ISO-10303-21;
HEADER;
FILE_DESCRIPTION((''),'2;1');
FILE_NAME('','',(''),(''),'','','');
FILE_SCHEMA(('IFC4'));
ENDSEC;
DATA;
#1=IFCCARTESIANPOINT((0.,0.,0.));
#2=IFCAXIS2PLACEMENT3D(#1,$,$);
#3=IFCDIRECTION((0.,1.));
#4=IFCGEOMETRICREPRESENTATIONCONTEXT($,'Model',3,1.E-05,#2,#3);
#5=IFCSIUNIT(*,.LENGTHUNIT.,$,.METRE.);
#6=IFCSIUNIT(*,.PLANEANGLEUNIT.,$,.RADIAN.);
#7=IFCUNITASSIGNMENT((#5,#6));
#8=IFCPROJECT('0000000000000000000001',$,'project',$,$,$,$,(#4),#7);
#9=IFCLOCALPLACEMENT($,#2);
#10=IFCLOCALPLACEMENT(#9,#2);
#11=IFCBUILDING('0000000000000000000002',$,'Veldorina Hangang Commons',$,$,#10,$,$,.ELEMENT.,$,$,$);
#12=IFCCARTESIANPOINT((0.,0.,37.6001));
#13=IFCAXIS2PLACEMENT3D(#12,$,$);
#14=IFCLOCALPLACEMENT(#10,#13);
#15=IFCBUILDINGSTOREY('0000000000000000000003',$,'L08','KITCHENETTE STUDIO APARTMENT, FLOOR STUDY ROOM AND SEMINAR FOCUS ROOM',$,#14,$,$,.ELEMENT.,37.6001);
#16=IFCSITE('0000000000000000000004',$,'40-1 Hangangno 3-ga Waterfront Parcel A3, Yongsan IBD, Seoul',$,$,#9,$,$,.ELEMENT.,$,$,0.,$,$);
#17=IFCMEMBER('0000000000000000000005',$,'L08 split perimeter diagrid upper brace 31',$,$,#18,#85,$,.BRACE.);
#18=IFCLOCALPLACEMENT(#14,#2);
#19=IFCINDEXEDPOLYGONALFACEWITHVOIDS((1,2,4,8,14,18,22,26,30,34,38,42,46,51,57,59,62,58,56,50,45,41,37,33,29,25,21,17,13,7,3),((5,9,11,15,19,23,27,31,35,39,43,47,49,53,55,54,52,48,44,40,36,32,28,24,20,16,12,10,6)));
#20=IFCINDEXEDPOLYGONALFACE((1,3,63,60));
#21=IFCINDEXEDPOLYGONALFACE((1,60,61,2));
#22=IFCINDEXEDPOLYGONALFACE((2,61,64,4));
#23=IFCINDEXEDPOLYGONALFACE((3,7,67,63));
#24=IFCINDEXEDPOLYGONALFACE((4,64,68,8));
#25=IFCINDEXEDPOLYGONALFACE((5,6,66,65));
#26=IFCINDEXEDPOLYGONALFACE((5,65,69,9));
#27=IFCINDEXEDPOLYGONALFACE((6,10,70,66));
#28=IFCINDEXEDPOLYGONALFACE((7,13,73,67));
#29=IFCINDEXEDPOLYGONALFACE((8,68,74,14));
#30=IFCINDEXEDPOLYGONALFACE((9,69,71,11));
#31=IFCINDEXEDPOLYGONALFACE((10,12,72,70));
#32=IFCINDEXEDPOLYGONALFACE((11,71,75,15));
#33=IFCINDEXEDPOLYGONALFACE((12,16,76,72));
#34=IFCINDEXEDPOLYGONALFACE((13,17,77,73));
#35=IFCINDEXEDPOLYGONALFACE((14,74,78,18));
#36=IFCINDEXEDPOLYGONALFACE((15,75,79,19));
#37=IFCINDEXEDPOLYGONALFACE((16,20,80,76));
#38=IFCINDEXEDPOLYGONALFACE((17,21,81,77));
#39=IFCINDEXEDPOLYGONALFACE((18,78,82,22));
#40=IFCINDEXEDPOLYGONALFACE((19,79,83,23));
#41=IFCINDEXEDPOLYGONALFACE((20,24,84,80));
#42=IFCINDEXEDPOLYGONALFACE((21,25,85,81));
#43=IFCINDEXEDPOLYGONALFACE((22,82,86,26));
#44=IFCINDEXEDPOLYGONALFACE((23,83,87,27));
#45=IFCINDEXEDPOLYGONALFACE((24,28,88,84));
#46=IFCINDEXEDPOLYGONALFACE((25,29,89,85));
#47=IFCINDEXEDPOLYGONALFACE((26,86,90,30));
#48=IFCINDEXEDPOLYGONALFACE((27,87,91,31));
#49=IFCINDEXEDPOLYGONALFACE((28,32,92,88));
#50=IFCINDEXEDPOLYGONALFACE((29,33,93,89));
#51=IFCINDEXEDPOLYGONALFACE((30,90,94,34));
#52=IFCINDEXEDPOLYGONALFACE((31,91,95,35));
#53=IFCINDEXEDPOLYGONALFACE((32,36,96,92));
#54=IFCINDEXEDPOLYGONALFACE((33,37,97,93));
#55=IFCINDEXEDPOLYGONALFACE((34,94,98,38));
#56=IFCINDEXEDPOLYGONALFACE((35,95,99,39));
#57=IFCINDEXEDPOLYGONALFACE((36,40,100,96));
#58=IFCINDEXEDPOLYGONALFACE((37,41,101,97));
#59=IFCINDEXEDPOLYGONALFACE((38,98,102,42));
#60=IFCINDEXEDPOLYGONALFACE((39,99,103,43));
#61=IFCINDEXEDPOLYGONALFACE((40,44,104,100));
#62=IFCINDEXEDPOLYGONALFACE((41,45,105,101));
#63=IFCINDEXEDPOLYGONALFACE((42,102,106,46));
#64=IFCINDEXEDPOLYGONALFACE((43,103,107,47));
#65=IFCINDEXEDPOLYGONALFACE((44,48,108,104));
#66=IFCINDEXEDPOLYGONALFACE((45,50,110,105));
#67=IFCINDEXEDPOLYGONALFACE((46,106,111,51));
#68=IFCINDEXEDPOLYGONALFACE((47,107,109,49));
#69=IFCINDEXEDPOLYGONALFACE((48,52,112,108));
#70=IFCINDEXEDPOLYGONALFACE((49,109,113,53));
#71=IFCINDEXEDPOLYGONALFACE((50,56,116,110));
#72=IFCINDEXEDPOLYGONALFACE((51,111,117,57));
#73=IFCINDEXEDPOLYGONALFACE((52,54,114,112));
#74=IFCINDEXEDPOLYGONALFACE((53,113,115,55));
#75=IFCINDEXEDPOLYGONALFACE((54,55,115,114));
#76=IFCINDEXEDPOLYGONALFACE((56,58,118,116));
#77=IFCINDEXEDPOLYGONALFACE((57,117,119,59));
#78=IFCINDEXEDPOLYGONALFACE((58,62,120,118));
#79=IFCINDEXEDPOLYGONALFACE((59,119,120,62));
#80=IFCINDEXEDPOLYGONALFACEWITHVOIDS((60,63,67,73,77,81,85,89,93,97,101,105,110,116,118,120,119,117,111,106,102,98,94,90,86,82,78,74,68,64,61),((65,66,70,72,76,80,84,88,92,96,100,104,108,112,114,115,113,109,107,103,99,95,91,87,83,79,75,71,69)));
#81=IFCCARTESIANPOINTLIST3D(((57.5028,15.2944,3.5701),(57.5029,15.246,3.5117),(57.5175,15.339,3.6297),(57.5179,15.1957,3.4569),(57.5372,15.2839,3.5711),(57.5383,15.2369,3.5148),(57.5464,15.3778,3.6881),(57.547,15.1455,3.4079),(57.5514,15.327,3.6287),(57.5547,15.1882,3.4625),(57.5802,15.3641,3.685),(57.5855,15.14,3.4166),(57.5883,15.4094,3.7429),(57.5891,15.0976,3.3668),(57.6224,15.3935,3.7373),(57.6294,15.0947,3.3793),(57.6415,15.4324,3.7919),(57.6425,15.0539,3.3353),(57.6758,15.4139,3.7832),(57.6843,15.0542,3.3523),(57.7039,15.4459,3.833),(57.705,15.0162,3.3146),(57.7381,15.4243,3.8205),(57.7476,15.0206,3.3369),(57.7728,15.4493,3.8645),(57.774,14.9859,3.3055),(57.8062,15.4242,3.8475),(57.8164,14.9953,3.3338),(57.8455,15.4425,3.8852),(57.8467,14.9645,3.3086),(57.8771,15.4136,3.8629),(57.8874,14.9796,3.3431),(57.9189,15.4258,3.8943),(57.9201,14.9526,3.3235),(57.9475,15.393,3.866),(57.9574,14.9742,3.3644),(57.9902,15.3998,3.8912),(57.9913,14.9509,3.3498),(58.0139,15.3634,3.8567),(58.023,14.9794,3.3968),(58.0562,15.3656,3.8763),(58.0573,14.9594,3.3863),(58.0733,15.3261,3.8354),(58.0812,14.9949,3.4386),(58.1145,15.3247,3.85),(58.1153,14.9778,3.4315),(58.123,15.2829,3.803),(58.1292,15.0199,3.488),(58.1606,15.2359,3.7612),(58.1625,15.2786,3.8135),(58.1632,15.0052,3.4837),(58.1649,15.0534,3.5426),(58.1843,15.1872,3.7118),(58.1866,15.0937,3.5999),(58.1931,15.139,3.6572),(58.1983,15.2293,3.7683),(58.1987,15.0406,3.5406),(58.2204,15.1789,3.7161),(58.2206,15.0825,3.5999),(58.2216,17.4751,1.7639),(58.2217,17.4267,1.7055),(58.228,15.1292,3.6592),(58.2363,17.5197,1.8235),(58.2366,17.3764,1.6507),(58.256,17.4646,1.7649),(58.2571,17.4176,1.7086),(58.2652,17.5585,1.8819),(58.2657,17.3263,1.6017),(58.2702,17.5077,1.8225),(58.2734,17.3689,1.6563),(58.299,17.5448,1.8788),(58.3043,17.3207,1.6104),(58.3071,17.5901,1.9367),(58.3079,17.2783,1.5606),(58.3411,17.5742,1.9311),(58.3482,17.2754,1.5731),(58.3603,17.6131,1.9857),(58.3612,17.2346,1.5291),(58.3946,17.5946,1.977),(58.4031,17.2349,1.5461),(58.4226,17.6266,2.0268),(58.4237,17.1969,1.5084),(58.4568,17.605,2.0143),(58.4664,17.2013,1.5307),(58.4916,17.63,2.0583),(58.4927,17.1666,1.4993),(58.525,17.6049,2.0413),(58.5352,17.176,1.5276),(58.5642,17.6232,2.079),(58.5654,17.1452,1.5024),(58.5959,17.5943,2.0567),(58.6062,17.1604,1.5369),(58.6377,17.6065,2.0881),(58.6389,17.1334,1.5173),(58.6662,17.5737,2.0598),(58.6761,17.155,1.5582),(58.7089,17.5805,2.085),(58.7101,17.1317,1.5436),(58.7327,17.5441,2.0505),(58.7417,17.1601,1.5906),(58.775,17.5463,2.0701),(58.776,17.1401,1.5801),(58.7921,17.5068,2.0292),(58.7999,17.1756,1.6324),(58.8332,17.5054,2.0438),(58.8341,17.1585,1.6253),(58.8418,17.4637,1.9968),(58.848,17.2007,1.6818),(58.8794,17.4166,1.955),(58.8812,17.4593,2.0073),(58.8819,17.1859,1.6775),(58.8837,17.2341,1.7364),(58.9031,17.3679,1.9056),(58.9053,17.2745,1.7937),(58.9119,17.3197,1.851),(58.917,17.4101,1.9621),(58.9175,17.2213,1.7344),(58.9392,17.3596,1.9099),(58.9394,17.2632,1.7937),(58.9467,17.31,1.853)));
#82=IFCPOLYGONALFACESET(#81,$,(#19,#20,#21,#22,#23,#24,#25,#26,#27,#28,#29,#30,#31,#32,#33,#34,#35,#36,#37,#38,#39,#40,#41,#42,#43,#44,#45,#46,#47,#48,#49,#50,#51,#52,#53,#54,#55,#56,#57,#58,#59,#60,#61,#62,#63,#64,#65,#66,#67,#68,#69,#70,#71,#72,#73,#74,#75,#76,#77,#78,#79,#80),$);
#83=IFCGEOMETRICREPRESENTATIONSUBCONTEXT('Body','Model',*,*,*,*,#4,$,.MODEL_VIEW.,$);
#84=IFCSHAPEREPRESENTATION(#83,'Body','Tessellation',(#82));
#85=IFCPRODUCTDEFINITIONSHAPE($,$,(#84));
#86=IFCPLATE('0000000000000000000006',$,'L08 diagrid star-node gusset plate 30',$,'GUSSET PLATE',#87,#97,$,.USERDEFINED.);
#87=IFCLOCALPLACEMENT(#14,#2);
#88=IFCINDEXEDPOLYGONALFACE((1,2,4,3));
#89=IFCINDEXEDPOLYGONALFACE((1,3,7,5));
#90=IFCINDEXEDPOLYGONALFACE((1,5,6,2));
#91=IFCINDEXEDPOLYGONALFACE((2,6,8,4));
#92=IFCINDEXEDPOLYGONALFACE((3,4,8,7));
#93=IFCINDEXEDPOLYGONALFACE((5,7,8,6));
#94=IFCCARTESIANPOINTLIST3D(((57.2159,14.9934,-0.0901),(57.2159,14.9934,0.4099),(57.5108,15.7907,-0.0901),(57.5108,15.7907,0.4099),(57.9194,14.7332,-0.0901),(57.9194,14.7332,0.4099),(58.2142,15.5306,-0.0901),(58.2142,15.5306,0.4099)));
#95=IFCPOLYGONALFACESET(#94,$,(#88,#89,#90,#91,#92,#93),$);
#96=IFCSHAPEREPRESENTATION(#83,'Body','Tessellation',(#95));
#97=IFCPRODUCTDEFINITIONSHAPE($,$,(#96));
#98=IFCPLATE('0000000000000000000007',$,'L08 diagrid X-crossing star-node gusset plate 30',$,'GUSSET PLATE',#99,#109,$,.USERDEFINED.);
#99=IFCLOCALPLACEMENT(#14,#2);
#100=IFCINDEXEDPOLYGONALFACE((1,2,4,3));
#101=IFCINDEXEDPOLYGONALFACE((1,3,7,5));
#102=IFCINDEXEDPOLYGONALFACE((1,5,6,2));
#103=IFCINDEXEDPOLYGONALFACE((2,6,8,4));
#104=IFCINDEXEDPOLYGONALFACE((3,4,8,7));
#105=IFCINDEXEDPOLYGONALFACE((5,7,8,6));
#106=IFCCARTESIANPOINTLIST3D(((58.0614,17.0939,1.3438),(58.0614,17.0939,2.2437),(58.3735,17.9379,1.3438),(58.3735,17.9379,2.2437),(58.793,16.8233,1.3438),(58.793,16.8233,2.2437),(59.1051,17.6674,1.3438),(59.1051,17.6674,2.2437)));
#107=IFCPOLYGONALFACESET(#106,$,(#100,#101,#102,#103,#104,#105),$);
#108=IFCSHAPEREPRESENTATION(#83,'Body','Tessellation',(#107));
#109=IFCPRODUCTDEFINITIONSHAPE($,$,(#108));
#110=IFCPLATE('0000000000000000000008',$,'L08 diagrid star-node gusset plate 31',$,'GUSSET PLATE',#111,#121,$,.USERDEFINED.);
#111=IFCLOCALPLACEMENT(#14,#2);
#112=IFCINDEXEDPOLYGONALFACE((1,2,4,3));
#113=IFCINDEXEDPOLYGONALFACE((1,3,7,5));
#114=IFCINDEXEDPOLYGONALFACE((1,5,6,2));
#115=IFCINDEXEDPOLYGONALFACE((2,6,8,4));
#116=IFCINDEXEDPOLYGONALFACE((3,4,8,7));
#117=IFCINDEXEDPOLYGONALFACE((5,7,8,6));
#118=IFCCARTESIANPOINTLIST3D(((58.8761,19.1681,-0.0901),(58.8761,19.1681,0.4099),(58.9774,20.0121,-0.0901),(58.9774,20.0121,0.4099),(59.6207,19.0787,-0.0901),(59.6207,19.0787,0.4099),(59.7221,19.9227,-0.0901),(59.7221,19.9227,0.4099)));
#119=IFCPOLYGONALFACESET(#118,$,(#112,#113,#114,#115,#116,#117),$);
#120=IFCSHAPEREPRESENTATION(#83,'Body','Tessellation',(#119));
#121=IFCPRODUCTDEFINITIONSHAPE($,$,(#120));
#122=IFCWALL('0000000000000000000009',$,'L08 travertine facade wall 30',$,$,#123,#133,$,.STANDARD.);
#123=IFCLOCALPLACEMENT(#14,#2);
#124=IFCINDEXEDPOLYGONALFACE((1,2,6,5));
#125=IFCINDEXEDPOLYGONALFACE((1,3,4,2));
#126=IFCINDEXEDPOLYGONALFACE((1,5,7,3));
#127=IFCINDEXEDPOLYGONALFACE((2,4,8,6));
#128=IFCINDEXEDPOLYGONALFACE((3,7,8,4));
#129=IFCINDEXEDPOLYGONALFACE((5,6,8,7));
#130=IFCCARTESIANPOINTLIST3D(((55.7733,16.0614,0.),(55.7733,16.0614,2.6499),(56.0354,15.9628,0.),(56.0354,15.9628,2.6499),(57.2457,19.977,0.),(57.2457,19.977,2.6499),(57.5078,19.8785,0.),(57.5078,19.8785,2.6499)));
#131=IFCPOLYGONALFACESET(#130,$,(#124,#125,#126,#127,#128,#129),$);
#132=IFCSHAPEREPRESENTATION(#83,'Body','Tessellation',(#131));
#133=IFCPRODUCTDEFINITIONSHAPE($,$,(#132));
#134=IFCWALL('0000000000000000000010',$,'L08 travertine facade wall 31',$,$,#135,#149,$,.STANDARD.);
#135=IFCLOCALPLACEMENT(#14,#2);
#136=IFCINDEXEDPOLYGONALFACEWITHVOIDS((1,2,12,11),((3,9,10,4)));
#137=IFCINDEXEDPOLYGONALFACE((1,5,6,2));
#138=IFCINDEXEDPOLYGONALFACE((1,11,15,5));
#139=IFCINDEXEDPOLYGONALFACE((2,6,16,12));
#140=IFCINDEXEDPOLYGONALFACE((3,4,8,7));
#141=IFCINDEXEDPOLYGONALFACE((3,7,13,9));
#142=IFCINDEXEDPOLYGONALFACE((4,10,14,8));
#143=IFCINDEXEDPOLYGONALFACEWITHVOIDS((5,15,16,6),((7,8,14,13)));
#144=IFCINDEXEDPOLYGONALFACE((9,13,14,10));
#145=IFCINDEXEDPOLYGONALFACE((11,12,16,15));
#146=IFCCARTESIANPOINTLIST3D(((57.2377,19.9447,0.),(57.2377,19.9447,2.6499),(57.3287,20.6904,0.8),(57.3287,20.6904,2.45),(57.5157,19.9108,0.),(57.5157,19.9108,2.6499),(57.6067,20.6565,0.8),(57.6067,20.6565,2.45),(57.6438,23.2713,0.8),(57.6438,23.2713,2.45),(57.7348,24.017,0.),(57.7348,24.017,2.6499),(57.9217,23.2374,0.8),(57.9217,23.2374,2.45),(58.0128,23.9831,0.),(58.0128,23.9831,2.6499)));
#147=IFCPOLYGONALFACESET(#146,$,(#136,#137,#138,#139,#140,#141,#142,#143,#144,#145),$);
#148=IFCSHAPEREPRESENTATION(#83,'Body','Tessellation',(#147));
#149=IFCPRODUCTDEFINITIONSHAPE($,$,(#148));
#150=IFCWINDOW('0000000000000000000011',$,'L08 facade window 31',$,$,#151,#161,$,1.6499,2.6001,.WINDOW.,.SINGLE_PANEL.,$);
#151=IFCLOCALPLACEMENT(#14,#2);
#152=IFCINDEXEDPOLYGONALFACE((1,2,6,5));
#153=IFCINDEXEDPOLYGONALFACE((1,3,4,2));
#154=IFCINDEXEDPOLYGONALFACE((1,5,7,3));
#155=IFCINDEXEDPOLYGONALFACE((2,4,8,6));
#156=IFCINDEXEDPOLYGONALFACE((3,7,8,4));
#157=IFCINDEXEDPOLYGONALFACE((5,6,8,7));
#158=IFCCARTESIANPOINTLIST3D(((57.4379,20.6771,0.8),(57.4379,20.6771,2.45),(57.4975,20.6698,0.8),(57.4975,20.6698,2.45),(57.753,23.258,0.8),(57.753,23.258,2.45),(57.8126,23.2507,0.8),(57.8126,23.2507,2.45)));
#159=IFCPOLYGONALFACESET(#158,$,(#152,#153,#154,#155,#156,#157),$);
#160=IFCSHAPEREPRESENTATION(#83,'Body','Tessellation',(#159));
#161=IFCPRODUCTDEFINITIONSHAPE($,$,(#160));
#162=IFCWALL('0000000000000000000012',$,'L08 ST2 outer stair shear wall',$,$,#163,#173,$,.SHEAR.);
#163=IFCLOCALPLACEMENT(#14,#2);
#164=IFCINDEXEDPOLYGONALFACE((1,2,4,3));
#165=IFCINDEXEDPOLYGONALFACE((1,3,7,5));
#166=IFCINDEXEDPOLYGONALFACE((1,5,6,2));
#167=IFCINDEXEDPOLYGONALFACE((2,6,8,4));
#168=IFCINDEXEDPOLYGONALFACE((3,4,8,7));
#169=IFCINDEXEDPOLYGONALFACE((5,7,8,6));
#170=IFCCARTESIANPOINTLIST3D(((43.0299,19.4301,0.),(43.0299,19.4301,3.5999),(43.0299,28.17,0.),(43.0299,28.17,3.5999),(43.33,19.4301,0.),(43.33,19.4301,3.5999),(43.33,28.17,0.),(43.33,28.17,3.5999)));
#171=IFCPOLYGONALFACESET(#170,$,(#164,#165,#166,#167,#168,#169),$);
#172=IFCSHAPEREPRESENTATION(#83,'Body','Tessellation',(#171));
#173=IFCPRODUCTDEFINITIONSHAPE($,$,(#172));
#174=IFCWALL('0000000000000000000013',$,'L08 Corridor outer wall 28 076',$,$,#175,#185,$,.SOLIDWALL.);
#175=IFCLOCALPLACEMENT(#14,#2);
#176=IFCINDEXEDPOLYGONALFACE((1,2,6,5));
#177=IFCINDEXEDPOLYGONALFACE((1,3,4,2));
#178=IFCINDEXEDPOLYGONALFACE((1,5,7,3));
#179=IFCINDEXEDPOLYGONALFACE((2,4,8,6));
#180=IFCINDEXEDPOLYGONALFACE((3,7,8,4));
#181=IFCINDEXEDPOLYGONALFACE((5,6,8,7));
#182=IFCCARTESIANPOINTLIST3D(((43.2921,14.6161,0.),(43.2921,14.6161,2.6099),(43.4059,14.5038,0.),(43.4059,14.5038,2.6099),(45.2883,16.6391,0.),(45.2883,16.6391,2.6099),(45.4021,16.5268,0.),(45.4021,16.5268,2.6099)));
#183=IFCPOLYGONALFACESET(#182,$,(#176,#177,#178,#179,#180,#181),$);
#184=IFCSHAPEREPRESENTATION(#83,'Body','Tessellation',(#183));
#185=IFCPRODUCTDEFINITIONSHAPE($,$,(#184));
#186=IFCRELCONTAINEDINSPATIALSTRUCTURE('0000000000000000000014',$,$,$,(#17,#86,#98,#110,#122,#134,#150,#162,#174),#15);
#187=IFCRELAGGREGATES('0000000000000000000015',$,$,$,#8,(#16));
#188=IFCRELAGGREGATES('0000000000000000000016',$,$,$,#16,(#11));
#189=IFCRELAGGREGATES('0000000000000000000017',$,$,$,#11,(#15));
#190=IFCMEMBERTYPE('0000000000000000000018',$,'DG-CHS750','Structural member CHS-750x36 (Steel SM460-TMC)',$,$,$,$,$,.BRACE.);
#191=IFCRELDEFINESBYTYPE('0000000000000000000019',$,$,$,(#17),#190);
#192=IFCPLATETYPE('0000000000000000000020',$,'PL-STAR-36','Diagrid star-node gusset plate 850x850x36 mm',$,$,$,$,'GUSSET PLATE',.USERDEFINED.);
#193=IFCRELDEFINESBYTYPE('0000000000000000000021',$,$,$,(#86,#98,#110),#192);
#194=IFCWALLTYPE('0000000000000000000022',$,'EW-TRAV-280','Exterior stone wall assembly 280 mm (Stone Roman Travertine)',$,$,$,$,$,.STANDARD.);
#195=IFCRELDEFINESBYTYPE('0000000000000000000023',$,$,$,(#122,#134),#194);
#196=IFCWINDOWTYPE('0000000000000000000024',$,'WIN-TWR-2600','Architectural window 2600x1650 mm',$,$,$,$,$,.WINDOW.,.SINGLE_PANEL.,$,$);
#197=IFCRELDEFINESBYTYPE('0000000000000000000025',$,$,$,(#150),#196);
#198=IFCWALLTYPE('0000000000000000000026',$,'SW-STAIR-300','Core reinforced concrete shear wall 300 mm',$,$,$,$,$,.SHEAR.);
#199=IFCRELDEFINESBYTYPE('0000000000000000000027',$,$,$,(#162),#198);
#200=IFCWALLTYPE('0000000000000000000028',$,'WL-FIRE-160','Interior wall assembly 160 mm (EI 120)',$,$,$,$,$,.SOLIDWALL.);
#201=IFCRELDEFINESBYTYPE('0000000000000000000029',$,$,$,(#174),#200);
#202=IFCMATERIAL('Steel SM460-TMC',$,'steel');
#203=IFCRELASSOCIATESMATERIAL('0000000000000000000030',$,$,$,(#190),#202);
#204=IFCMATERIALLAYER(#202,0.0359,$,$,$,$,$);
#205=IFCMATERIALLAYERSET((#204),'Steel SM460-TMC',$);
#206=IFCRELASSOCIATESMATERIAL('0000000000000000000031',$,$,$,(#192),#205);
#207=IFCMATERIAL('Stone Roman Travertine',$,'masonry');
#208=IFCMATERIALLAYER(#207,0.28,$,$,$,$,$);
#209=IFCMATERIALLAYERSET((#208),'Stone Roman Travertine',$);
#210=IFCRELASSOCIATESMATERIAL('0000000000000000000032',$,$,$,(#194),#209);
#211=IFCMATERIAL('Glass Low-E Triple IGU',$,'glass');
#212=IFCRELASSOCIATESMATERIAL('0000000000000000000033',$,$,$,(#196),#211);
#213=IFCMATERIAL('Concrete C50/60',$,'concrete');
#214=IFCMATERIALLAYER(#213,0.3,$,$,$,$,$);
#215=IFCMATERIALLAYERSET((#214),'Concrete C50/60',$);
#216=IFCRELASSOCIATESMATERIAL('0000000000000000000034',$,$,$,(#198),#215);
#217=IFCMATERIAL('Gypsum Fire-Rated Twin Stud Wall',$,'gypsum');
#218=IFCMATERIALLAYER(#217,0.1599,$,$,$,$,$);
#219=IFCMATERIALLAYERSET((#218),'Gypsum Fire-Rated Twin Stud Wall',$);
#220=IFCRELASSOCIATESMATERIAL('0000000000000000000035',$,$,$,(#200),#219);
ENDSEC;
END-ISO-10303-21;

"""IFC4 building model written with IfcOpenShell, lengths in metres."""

from ifc_helpers import new_model, si_unit, direction, frame, frame_2d, origin, origin_2d, place, context, subcontext, project, spatial, rectangle, hollow_circle, extrude, material, layer, layer_set, material_profile, profile_set, type_object, element, fill, save


model = new_model("IFC4")

# Units and contexts
model_context = context("Model", 3, precision=1e-05, world=origin(), true_north=direction((0.0, 1.0)))
body_context = subcontext(model_context, "Body", "Model", "MODEL_VIEW")
ifc_project = project(units=[si_unit("LENGTHUNIT", "METRE"), si_unit("PLANEANGLEUNIT", "RADIAN")], contexts=[model_context])

# Site, building, storey
site_placement = place(None, origin())
site = spatial("IfcSite", under=ifc_project, at=site_placement, Name="40-1 Hangangno 3-ga Waterfront Parcel A3, Yongsan IBD, Seoul", CompositionType="ELEMENT", RefElevation=0.0)
building_placement = place(site_placement, origin())
building = spatial("IfcBuilding", under=site, at=building_placement, Name="Veldorina Hangang Commons", CompositionType="ELEMENT")
storey_placement = place(building_placement, frame((0.0, 0.0, 37.6001)))
storey = spatial("IfcBuildingStorey", under=building, at=storey_placement, Name="L08", Description="KITCHENETTE STUDIO APARTMENT, FLOOR STUDY ROOM AND SEMINAR FOCUS ROOM", CompositionType="ELEMENT", Elevation=37.6001)

# Shared definitions
ifc_material_1 = material(Name="Steel SM460-TMC", Category="steel")

# Member
ifc_material_profile_1 = material_profile(ifc_material_1, hollow_circle(Radius=0.375, WallThickness=0.0359, at=origin_2d()), Name="CHS-750x36")
ifc_profile_set_1 = profile_set([ifc_material_profile_1], Name="Steel SM460-TMC")
member_type = type_object("IfcMemberType", Name="DG-CHS750", Description="Structural member CHS-750x36 (Steel SM460-TMC)", PredefinedType="BRACE", material=ifc_profile_set_1)
member_1_placement = place(storey_placement, frame((58.5833, 17.3806, 1.7937), z_axis=(-0.246036, -0.746466, 0.618267), x_axis=(0.949741, -0.313036, 0.0)))
element("IfcMember", 1, at=member_1_placement, inside=storey, type_object=member_type, Name="L08 split perimeter diagrid upper brace 31", PredefinedType="BRACE", context=body_context, shape_type="SweptSolid", body=[
    extrude(hollow_circle(Radius=0.375, WallThickness=0.0359, at=origin_2d()), origin(), (0.0, 0.0, 1.0), 2.9214),
])

# Plates
ifc_layer_1 = layer(ifc_material_1, 0.0359)
ifc_layer_set_1 = layer_set([ifc_layer_1], Name="Steel SM460-TMC")
plate_type = type_object("IfcPlateType", Name="PL-STAR-36", Description="Diagrid star-node gusset plate 850x850x36 mm", ElementType="GUSSET PLATE", PredefinedType="USERDEFINED", material=ifc_layer_set_1)
plate_1_placement = place(storey_placement, frame((57.7151, 15.262, -0.0901), z_axis=(0.0, 0.0, 1.0), x_axis=(0.346821, 0.937931, 0.0)))
element("IfcPlate", 2, at=plate_1_placement, inside=storey, type_object=plate_type, Name="L08 diagrid star-node gusset plate 30", ObjectType="GUSSET PLATE", PredefinedType="USERDEFINED", context=body_context, shape_type="SweptSolid", body=[
    extrude(rectangle(XDim=0.8501, YDim=0.75, at=origin_2d()), origin(), (0.0, 0.0, 1.0), 0.5),
])
plate_2_placement = place(storey_placement, frame((58.5833, 17.3806, 1.3438), z_axis=(0.0, 0.0, 1.0), x_axis=(0.346821, 0.937931, 0.0)))
element("IfcPlate", 3, at=plate_2_placement, inside=storey, type_object=plate_type, Name="L08 diagrid X-crossing star-node gusset plate 30", ObjectType="GUSSET PLATE", PredefinedType="USERDEFINED", context=body_context, shape_type="SweptSolid", body=[
    extrude(rectangle(XDim=0.8999, YDim=0.78, at=origin_2d()), origin(), (0.0, 0.0, 1.0), 0.8999),
])
plate_3_placement = place(storey_placement, frame((59.2991, 19.5454, -0.0901), z_axis=(0.0, 0.0, 1.0), x_axis=(0.119201, 0.99287, 0.0)))
element("IfcPlate", 4, at=plate_3_placement, inside=storey, type_object=plate_type, Name="L08 diagrid star-node gusset plate 31", ObjectType="GUSSET PLATE", PredefinedType="USERDEFINED", context=body_context, shape_type="SweptSolid", body=[
    extrude(rectangle(XDim=0.8501, YDim=0.75, at=origin_2d()), origin(), (0.0, 0.0, 1.0), 0.5),
])

# Wall
ifc_material_2 = material(Name="Stone Roman Travertine", Category="masonry")
ifc_layer_2 = layer(ifc_material_2, 0.28)
ifc_layer_set_2 = layer_set([ifc_layer_2], Name="Stone Roman Travertine")
wall_type_1 = type_object("IfcWallType", Name="EW-TRAV-280", Description="Exterior stone wall assembly 280 mm (Stone Roman Travertine)", PredefinedType="STANDARD", material=ifc_layer_set_2)
wall_1_placement = place(storey_placement, frame((55.9043, 16.012, 0.0), z_axis=(0.0, 0.0, 1.0), x_axis=(0.351961, 0.936015, 0.0)))
element("IfcWall", 5, at=wall_1_placement, inside=storey, type_object=wall_type_1, Name="L08 travertine facade wall 30", PredefinedType="STANDARD", context=body_context, shape_type="SweptSolid", body=[
    extrude(rectangle(XDim=4.1833, YDim=0.28, at=frame_2d((2.0918, 0.0))), origin(), (0.0, 0.0, 1.0), 2.6499),
])

# Wall, opening, window
wall_2_placement = place(storey_placement, frame((57.3767, 19.9277, 0.0), z_axis=(0.0, 0.0, 1.0), x_axis=(0.121163, 0.992633, 0.0)))
wall_2 = element("IfcWall", 6, at=wall_2_placement, inside=storey, type_object=wall_type_1, Name="L08 travertine facade wall 31", PredefinedType="STANDARD", context=body_context, shape_type="SweptSolid", body=[
    extrude(rectangle(XDim=4.1025, YDim=0.28, at=frame_2d((2.0513, 0.0))), origin(), (0.0, 0.0, 1.0), 2.6499),
])
opening_1_placement = place(wall_2_placement, frame((0.7512, 0.0, 0.8)))
opening_1 = element("IfcOpeningElement", 7, at=opening_1_placement, cuts=wall_2, PredefinedType="OPENING", context=body_context, shape_type="SweptSolid", body=[
    extrude(rectangle(XDim=2.6001, YDim=1.6499, at=frame_2d((1.3, 0.825))), frame((0.0, 0.1499, 0.0), z_axis=(0.0, -1.0, 0.0), x_axis=(1.0, 0.0, 0.0)), (0.0, 0.0, 1.0), 0.3),
])
ifc_material_3 = material(Name="Glass Low-E Triple IGU", Category="glass")
window_type = type_object("IfcWindowType", Name="WIN-TWR-2600", Description="Architectural window 2600x1650 mm", PartitioningType="SINGLE_PANEL", PredefinedType="WINDOW", material=ifc_material_3)
window_placement = place(opening_1_placement, origin())
window = element("IfcWindow", 8, at=window_placement, inside=storey, type_object=window_type, Name="L08 facade window 31", OverallHeight=1.6499, OverallWidth=2.6001, PartitioningType="SINGLE_PANEL", PredefinedType="WINDOW", context=body_context, shape_type="SweptSolid", body=[
    extrude(rectangle(XDim=2.6001, YDim=1.6499, at=frame_2d((1.3, 0.825))), frame((0.0, 0.03, 0.0), z_axis=(0.0, -1.0, 0.0), x_axis=(1.0, 0.0, 0.0)), (0.0, 0.0, 1.0), 0.0601),
])
fill(opening_1, window)

# Walls
ifc_material_4 = material(Name="Concrete C50/60", Category="concrete")
ifc_layer_3 = layer(ifc_material_4, 0.3)
ifc_layer_set_3 = layer_set([ifc_layer_3], Name="Concrete C50/60")
wall_type_2 = type_object("IfcWallType", Name="SW-STAIR-300", Description="Core reinforced concrete shear wall 300 mm", PredefinedType="SHEAR", material=ifc_layer_set_3)
wall_3_placement = place(storey_placement, frame((43.1799, 19.4299, 0.0), z_axis=(0.0, 0.0, 1.0), x_axis=(0.0, 1.0, 0.0)))
element("IfcWall", 9, at=wall_3_placement, inside=storey, type_object=wall_type_2, Name="L08 ST2 outer stair shear wall", PredefinedType="SHEAR", context=body_context, shape_type="SweptSolid", body=[
    extrude(rectangle(XDim=8.74, YDim=0.3, at=frame_2d((4.3701, 0.0))), origin(), (0.0, 0.0, 1.0), 3.5999),
])
ifc_material_5 = material(Name="Gypsum Fire-Rated Twin Stud Wall", Category="gypsum")
ifc_layer_4 = layer(ifc_material_5, 0.1599)
ifc_layer_set_4 = layer_set([ifc_layer_4], Name="Gypsum Fire-Rated Twin Stud Wall")
wall_type_3 = type_object("IfcWallType", Name="WL-FIRE-160", Description="Interior wall assembly 160 mm (EI 120)", PredefinedType="SOLIDWALL", material=ifc_layer_set_4)
wall_4_placement = place(storey_placement, frame((43.3491, 14.5601, 0.0), z_axis=(0.0, 0.0, 1.0), x_axis=(0.702366, 0.711816, 0.0)))
element("IfcWall", 10, at=wall_4_placement, inside=storey, type_object=wall_type_3, Name="L08 Corridor outer wall 28 076", PredefinedType="SOLIDWALL", context=body_context, shape_type="SweptSolid", body=[
    extrude(rectangle(XDim=2.842, YDim=0.1599, at=frame_2d((1.4209, 0.0))), origin(), (0.0, 0.0, 1.0), 2.6099),
])

save(model, "model.ifc")
